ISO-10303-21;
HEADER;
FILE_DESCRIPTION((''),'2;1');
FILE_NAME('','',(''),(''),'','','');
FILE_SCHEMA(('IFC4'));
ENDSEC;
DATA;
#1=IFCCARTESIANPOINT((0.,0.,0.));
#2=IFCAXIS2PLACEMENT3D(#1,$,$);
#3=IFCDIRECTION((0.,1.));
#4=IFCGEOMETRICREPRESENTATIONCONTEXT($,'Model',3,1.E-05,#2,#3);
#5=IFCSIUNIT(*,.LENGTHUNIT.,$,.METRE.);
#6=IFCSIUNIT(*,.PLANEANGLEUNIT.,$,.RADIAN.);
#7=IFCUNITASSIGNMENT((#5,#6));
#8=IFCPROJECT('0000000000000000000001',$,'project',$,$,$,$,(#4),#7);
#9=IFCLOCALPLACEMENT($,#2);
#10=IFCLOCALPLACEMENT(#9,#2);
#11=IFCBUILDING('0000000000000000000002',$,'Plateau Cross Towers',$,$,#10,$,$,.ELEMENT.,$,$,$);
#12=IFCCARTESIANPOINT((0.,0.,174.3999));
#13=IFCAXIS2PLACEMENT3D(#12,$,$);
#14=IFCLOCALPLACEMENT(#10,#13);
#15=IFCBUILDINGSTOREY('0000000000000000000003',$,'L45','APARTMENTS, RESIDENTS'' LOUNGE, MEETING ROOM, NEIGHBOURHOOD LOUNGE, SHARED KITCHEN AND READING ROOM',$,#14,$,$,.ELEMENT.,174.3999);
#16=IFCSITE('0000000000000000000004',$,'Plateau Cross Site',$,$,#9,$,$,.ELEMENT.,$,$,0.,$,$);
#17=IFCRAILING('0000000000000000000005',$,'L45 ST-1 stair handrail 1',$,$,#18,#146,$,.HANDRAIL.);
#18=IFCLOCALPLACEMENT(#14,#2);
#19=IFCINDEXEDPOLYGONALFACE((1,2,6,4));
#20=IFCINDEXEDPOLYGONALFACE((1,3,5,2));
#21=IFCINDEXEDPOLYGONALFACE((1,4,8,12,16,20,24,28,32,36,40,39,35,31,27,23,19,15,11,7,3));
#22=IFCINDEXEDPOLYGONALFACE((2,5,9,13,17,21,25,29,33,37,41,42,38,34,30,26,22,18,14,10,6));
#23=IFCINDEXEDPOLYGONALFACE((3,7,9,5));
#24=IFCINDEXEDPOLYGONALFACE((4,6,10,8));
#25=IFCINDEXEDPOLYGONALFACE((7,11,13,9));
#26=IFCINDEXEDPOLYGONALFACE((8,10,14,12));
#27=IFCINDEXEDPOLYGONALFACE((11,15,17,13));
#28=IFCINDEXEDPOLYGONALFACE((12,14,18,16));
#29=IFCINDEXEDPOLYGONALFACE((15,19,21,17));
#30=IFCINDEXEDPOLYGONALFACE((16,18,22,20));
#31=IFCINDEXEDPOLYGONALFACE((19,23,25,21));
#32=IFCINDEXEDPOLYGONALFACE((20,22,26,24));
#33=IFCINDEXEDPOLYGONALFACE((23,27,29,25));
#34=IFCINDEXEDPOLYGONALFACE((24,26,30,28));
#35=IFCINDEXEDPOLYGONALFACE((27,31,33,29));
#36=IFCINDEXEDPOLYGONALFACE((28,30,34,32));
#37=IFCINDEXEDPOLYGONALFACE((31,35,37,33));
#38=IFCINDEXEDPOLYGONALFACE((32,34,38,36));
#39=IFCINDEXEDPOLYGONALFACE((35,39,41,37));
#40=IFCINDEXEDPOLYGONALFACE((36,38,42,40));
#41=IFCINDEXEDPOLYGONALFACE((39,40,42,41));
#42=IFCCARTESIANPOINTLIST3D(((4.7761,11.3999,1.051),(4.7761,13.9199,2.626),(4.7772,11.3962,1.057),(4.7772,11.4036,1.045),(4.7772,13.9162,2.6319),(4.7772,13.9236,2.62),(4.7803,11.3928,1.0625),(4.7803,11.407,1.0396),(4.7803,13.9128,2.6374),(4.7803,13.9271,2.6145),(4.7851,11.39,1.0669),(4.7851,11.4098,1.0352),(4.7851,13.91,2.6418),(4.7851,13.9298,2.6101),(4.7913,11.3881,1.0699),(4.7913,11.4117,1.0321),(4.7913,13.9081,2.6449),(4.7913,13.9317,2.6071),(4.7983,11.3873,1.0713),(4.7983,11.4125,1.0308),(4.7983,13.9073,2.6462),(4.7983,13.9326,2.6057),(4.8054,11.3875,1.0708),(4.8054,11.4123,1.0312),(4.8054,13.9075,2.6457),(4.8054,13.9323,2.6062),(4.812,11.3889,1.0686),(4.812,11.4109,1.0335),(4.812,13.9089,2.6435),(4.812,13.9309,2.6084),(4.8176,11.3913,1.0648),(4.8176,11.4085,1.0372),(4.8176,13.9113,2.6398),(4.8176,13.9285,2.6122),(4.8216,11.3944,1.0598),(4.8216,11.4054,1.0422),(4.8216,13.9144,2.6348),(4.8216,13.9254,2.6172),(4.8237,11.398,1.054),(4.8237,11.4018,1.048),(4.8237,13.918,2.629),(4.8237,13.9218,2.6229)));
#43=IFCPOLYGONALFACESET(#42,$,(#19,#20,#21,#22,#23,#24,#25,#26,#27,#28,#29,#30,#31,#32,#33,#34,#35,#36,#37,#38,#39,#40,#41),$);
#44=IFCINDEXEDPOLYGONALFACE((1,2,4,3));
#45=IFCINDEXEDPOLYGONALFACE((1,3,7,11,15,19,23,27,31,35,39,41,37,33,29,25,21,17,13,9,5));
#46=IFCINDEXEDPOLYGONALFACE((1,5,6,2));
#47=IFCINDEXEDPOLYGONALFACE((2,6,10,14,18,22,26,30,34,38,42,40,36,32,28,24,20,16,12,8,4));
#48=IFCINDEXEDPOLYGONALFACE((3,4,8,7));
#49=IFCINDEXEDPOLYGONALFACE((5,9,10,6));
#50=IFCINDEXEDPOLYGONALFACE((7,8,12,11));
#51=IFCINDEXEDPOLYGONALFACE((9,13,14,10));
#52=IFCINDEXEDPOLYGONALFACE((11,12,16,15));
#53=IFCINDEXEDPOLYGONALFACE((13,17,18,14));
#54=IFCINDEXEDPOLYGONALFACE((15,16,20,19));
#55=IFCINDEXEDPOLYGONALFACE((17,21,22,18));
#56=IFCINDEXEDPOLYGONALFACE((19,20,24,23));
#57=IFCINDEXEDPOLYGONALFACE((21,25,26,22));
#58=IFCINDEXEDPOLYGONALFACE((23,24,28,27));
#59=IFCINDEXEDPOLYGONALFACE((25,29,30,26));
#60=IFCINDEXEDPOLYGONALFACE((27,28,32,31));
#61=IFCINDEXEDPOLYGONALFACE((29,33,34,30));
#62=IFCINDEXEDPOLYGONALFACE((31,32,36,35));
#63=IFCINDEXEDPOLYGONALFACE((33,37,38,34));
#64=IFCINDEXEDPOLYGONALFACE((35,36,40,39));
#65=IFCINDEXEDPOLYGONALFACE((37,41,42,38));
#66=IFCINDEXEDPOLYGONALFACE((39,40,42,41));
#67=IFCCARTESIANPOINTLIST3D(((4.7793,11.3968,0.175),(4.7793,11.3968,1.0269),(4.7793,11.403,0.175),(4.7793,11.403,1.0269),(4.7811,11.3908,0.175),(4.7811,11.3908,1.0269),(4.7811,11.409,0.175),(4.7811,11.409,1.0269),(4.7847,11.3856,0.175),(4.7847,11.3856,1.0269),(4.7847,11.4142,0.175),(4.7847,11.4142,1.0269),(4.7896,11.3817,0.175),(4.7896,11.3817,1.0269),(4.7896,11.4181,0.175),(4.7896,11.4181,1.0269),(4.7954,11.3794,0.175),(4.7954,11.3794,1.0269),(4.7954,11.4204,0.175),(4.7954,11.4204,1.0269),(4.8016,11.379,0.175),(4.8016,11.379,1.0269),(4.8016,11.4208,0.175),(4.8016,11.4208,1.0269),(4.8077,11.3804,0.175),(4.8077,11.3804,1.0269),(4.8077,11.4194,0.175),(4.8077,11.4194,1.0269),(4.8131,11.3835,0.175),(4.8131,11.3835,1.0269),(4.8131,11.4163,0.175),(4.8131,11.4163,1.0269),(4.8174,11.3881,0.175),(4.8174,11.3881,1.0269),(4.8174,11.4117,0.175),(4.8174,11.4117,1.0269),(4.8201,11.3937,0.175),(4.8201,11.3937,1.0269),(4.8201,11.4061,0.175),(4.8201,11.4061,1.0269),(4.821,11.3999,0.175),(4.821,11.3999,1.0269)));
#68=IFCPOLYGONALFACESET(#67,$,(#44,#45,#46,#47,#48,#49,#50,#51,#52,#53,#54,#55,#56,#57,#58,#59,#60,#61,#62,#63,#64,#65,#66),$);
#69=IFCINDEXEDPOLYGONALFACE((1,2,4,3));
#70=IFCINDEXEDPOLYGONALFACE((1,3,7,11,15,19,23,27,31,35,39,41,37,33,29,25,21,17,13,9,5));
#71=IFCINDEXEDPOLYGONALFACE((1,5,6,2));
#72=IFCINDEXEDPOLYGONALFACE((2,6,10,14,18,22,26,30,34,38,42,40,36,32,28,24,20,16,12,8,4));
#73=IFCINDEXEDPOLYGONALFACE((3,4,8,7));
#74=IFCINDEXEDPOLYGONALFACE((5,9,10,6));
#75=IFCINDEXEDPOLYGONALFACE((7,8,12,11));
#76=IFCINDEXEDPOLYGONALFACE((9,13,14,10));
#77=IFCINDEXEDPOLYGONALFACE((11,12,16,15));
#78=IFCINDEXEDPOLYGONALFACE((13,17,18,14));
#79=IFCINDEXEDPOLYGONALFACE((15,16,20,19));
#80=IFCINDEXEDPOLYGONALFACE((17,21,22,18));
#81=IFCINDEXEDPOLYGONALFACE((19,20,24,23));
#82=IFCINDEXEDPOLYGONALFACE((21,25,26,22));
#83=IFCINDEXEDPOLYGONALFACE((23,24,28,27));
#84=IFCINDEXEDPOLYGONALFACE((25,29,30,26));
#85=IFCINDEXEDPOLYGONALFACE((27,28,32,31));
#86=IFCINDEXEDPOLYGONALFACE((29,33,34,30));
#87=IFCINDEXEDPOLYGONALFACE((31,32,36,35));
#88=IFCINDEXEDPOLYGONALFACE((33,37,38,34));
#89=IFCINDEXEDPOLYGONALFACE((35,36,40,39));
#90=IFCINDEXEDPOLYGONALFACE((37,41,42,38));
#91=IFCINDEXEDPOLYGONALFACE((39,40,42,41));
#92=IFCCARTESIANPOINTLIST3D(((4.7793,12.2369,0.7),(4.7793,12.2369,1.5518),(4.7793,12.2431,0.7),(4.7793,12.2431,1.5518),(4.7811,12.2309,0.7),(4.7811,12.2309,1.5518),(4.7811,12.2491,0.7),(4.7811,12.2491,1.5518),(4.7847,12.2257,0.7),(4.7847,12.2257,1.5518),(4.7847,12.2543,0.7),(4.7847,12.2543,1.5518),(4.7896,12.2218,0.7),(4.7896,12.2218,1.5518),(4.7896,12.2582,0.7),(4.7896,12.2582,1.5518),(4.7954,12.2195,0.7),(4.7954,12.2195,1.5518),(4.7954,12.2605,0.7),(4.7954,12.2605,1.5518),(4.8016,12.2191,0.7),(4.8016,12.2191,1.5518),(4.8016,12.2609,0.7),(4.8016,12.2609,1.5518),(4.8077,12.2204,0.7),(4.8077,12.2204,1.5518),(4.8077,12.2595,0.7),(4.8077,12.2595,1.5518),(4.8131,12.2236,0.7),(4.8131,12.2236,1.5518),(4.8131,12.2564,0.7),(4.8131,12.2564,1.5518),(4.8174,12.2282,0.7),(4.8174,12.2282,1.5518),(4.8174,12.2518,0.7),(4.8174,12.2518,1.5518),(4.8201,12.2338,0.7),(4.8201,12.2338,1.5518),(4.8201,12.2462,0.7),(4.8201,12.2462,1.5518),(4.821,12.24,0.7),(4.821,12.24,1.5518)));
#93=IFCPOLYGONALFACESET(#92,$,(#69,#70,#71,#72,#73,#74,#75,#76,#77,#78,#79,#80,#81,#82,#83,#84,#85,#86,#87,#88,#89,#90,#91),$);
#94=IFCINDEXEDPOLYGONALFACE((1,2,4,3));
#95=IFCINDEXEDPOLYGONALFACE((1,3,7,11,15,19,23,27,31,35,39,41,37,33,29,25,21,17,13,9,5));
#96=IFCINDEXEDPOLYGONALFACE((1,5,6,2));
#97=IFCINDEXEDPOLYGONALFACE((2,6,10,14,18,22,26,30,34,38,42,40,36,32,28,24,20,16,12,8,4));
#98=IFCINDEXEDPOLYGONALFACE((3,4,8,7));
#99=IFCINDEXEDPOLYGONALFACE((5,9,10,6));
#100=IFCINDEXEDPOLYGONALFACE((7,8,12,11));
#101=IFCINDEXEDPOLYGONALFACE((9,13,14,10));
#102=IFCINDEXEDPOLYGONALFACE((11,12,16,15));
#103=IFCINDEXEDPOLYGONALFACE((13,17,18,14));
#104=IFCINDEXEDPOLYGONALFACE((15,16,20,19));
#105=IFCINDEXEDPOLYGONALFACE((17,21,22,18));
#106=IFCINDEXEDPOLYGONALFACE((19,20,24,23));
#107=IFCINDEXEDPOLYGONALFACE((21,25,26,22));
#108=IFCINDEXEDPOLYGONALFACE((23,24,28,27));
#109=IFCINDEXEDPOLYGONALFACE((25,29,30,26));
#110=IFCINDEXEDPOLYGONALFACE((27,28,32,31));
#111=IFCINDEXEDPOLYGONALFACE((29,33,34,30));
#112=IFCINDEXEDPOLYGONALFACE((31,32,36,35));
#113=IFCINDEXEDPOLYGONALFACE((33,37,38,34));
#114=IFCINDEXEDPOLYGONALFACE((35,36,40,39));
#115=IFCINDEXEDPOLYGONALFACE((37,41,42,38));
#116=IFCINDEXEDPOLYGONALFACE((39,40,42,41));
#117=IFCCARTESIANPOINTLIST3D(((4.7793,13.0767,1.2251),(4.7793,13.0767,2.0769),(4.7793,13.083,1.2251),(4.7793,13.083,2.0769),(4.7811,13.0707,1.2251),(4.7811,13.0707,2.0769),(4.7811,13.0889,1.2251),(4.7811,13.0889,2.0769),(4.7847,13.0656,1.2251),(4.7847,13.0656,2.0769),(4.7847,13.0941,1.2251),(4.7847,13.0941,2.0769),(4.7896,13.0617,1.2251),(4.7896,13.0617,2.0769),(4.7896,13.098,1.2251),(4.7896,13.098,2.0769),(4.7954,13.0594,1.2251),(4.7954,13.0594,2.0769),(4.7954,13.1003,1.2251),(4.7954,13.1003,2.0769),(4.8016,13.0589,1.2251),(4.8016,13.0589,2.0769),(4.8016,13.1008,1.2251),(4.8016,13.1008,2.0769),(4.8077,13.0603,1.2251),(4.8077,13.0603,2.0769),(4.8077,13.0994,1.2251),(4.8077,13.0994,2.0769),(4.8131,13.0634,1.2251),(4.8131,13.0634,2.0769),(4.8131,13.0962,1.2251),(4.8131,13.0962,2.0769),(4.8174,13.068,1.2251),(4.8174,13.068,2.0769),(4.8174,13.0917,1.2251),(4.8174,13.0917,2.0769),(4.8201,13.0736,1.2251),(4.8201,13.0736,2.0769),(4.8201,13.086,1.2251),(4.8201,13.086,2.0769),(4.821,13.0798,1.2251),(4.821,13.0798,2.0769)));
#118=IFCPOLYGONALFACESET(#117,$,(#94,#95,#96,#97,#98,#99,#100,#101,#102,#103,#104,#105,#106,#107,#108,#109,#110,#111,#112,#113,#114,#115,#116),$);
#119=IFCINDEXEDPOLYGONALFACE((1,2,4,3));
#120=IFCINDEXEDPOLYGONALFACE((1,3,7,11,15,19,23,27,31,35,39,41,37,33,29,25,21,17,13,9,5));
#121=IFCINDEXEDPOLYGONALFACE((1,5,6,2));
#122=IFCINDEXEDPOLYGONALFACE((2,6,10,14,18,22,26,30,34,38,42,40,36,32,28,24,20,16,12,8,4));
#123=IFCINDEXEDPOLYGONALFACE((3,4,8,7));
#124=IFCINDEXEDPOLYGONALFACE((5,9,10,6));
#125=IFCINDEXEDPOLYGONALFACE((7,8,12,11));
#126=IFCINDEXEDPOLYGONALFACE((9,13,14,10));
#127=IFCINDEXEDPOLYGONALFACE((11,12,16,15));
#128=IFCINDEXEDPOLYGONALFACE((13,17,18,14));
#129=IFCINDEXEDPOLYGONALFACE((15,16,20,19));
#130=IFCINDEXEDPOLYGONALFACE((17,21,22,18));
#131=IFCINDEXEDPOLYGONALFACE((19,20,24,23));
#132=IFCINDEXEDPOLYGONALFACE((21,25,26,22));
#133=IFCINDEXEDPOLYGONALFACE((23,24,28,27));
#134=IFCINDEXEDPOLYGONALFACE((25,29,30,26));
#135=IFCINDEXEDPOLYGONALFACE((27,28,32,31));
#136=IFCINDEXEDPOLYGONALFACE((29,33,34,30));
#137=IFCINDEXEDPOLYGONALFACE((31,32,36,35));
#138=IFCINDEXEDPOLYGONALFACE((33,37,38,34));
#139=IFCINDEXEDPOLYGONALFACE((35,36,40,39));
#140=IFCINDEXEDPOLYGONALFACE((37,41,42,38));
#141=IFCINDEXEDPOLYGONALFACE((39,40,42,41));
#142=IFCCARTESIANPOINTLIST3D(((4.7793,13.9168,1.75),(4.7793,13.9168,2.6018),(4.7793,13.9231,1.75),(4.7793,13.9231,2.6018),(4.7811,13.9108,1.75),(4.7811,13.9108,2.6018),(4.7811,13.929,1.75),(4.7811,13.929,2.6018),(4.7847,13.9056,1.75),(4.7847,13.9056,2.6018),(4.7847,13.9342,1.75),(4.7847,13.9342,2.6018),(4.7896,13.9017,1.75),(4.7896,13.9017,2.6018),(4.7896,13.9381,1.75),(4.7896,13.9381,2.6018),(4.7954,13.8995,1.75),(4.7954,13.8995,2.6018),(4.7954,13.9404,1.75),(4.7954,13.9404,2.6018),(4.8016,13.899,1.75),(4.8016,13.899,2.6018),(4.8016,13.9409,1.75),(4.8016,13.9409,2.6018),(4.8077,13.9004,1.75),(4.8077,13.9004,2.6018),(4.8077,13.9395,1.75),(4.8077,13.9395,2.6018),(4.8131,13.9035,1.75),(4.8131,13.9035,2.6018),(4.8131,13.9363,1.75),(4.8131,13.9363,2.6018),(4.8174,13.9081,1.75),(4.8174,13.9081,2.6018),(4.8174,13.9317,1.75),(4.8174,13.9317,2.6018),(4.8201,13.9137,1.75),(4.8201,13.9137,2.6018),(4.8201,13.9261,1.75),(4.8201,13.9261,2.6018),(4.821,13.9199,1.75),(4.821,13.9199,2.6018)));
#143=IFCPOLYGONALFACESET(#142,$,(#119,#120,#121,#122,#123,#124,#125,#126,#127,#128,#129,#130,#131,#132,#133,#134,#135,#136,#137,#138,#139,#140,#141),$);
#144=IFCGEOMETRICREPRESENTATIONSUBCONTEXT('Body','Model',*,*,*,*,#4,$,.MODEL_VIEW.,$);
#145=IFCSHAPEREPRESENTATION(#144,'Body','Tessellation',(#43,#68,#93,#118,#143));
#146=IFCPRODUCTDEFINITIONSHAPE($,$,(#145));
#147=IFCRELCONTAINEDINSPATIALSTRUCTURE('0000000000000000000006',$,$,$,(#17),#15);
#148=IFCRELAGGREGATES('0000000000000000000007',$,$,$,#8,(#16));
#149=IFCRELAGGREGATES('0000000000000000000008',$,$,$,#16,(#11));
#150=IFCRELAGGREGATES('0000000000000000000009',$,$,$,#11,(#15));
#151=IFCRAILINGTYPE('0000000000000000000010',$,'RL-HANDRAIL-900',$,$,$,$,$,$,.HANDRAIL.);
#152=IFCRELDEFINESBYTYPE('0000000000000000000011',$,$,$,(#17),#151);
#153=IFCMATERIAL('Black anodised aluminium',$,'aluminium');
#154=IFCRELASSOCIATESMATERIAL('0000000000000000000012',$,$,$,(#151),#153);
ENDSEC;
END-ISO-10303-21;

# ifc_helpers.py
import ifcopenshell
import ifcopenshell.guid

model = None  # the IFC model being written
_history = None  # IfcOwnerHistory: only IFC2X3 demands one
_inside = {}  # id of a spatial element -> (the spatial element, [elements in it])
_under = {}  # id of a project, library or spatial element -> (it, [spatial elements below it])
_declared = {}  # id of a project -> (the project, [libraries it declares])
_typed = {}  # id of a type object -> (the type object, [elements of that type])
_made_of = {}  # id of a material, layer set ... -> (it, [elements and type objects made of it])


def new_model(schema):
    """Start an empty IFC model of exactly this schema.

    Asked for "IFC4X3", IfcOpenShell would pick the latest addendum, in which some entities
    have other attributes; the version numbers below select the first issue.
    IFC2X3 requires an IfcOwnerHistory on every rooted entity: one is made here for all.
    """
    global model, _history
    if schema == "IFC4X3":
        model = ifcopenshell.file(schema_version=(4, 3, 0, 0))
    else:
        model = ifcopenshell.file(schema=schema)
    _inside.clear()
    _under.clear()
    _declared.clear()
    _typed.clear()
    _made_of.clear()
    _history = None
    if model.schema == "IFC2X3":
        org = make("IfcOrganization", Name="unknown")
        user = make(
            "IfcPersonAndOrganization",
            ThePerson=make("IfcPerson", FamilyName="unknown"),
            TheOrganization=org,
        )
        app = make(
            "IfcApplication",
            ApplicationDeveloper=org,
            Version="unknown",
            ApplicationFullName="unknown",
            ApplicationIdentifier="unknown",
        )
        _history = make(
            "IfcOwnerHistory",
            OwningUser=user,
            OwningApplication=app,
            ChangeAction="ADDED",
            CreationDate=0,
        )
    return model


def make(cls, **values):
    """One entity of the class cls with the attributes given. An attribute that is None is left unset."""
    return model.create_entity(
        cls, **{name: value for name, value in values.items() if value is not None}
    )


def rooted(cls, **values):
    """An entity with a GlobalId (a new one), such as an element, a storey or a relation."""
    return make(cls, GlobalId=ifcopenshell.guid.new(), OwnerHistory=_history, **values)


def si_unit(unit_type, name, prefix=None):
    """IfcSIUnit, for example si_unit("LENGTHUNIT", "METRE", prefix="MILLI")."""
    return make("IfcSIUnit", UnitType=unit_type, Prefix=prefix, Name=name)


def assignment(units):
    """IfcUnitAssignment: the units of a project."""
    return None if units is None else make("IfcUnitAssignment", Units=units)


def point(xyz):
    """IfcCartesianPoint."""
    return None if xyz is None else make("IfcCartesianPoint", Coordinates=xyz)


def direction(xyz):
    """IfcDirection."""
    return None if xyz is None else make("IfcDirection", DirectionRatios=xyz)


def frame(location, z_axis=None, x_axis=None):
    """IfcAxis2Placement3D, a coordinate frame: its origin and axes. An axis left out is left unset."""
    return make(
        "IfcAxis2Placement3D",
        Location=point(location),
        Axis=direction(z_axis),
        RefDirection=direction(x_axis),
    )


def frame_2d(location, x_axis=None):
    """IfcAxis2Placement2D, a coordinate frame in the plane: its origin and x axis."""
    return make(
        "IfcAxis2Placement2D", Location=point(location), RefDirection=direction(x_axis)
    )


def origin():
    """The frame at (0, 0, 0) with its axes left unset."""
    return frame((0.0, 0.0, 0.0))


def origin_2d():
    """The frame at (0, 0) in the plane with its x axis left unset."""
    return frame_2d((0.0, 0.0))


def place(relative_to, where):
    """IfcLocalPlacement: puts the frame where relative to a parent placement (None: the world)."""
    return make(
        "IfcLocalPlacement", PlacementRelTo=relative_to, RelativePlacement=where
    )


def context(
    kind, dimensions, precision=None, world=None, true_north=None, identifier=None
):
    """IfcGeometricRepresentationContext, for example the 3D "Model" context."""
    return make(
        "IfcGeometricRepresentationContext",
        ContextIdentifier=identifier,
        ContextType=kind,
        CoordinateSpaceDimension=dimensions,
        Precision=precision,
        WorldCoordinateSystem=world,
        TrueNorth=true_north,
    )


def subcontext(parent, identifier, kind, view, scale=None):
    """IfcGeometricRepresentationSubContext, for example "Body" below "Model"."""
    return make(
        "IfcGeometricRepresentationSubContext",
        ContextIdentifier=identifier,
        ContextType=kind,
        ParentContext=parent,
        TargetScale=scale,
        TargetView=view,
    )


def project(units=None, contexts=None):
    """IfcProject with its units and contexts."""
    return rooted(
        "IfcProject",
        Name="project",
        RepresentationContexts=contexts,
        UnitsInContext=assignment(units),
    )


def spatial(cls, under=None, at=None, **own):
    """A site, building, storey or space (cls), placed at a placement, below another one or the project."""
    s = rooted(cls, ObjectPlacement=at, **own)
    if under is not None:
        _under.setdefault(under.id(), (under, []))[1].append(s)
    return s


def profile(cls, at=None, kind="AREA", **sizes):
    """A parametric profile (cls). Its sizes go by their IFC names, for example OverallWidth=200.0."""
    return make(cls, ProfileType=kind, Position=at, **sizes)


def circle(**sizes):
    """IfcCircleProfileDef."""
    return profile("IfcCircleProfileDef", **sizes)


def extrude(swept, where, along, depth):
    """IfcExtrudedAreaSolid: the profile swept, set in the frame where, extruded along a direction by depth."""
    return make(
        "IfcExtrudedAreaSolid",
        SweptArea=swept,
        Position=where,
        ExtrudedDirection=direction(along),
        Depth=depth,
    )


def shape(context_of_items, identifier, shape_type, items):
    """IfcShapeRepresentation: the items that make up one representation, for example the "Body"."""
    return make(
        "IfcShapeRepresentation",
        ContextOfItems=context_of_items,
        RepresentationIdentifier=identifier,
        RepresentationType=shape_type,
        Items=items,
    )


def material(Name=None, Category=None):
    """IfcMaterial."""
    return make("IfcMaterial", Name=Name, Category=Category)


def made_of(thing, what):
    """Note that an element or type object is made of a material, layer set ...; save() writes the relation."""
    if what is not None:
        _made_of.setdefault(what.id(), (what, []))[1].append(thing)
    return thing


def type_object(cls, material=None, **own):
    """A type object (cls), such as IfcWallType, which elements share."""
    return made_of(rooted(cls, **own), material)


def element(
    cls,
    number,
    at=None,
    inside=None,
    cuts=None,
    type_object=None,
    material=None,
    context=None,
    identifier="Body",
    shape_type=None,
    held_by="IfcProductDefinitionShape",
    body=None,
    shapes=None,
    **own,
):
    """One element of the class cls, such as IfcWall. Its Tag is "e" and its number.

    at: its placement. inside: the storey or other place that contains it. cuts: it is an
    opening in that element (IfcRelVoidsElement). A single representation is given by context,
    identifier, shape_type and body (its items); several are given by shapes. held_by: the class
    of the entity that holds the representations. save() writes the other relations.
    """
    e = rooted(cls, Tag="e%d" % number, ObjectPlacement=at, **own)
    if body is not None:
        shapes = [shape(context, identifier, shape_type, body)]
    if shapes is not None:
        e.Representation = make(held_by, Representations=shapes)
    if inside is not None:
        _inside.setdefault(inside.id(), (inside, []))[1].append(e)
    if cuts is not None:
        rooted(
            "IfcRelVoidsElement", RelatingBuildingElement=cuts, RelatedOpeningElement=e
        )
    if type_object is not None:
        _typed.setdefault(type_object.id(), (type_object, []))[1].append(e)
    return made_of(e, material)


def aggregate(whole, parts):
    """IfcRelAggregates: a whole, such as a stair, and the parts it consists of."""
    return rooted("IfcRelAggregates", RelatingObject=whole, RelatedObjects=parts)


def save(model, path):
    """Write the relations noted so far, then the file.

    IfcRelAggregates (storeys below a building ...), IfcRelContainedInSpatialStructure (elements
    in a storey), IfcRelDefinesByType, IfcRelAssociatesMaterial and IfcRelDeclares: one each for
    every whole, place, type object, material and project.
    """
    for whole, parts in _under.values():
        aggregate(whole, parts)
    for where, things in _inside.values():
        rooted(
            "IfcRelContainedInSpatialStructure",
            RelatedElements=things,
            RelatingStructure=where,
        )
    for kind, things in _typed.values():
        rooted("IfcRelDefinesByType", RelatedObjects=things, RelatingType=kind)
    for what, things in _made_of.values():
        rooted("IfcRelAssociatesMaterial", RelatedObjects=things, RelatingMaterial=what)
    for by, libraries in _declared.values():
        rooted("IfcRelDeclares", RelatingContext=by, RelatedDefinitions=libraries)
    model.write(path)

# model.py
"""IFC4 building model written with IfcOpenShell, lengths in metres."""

from ifc_helpers import new_model, si_unit, direction, frame, origin, origin_2d, place, context, subcontext, project, spatial, circle, extrude, material, type_object, element, save


model = new_model("IFC4")

# Units and contexts
model_context = context("Model", 3, precision=1e-05, world=origin(), true_north=direction((0.0, 1.0)))
body_context = subcontext(model_context, "Body", "Model", "MODEL_VIEW")
ifc_project = project(units=[si_unit("LENGTHUNIT", "METRE"), si_unit("PLANEANGLEUNIT", "RADIAN")], contexts=[model_context])

# Site, building, storey
site_placement = place(None, origin())
site = spatial("IfcSite", under=ifc_project, at=site_placement, Name="Plateau Cross Site", CompositionType="ELEMENT", RefElevation=0.0)
building_placement = place(site_placement, origin())
building = spatial("IfcBuilding", under=site, at=building_placement, Name="Plateau Cross Towers", CompositionType="ELEMENT")
storey_placement = place(building_placement, frame((0.0, 0.0, 174.3999)))
storey = spatial("IfcBuildingStorey", under=building, at=storey_placement, Name="L45", Description="APARTMENTS, RESIDENTS' LOUNGE, MEETING ROOM, NEIGHBOURHOOD LOUNGE, SHARED KITCHEN AND READING ROOM", CompositionType="ELEMENT", Elevation=174.3999)

# Shared definitions
ifc_material_1 = material(Name="Black anodised aluminium", Category="aluminium")

# Railing
railing_type_1 = type_object("IfcRailingType", Name="RL-HANDRAIL-900", PredefinedType="HANDRAIL", material=ifc_material_1)
railing_1_placement = place(storey_placement, frame((4.8, 11.3999, 0.175)))
element("IfcRailing", 1, at=railing_1_placement, inside=storey, type_object=railing_type_1, Name="L45 ST-1 stair handrail 1", PredefinedType="HANDRAIL", context=body_context, shape_type="SweptSolid", body=[
    extrude(circle(Radius=0.0239, at=origin_2d()), frame((0.0, 0.0, 0.876), z_axis=(0.0, 0.848008, 0.529984), x_axis=(-1.0, 0.0, 0.0)), (0.0, 0.0, 1.0), 2.9717),
    extrude(circle(Radius=0.021, at=origin_2d()), origin(), (0.0, 0.0, 1.0), 0.8518),
    extrude(circle(Radius=0.021, at=origin_2d()), frame((0.0, 0.8401, 0.5249)), (0.0, 0.0, 1.0), 0.8518),
    extrude(circle(Radius=0.021, at=origin_2d()), frame((0.0, 1.6799, 1.05)), (0.0, 0.0, 1.0), 0.8518),
    extrude(circle(Radius=0.021, at=origin_2d()), frame((0.0, 2.52, 1.575)), (0.0, 0.0, 1.0), 0.8518),
])

save(model, "model.ifc")
